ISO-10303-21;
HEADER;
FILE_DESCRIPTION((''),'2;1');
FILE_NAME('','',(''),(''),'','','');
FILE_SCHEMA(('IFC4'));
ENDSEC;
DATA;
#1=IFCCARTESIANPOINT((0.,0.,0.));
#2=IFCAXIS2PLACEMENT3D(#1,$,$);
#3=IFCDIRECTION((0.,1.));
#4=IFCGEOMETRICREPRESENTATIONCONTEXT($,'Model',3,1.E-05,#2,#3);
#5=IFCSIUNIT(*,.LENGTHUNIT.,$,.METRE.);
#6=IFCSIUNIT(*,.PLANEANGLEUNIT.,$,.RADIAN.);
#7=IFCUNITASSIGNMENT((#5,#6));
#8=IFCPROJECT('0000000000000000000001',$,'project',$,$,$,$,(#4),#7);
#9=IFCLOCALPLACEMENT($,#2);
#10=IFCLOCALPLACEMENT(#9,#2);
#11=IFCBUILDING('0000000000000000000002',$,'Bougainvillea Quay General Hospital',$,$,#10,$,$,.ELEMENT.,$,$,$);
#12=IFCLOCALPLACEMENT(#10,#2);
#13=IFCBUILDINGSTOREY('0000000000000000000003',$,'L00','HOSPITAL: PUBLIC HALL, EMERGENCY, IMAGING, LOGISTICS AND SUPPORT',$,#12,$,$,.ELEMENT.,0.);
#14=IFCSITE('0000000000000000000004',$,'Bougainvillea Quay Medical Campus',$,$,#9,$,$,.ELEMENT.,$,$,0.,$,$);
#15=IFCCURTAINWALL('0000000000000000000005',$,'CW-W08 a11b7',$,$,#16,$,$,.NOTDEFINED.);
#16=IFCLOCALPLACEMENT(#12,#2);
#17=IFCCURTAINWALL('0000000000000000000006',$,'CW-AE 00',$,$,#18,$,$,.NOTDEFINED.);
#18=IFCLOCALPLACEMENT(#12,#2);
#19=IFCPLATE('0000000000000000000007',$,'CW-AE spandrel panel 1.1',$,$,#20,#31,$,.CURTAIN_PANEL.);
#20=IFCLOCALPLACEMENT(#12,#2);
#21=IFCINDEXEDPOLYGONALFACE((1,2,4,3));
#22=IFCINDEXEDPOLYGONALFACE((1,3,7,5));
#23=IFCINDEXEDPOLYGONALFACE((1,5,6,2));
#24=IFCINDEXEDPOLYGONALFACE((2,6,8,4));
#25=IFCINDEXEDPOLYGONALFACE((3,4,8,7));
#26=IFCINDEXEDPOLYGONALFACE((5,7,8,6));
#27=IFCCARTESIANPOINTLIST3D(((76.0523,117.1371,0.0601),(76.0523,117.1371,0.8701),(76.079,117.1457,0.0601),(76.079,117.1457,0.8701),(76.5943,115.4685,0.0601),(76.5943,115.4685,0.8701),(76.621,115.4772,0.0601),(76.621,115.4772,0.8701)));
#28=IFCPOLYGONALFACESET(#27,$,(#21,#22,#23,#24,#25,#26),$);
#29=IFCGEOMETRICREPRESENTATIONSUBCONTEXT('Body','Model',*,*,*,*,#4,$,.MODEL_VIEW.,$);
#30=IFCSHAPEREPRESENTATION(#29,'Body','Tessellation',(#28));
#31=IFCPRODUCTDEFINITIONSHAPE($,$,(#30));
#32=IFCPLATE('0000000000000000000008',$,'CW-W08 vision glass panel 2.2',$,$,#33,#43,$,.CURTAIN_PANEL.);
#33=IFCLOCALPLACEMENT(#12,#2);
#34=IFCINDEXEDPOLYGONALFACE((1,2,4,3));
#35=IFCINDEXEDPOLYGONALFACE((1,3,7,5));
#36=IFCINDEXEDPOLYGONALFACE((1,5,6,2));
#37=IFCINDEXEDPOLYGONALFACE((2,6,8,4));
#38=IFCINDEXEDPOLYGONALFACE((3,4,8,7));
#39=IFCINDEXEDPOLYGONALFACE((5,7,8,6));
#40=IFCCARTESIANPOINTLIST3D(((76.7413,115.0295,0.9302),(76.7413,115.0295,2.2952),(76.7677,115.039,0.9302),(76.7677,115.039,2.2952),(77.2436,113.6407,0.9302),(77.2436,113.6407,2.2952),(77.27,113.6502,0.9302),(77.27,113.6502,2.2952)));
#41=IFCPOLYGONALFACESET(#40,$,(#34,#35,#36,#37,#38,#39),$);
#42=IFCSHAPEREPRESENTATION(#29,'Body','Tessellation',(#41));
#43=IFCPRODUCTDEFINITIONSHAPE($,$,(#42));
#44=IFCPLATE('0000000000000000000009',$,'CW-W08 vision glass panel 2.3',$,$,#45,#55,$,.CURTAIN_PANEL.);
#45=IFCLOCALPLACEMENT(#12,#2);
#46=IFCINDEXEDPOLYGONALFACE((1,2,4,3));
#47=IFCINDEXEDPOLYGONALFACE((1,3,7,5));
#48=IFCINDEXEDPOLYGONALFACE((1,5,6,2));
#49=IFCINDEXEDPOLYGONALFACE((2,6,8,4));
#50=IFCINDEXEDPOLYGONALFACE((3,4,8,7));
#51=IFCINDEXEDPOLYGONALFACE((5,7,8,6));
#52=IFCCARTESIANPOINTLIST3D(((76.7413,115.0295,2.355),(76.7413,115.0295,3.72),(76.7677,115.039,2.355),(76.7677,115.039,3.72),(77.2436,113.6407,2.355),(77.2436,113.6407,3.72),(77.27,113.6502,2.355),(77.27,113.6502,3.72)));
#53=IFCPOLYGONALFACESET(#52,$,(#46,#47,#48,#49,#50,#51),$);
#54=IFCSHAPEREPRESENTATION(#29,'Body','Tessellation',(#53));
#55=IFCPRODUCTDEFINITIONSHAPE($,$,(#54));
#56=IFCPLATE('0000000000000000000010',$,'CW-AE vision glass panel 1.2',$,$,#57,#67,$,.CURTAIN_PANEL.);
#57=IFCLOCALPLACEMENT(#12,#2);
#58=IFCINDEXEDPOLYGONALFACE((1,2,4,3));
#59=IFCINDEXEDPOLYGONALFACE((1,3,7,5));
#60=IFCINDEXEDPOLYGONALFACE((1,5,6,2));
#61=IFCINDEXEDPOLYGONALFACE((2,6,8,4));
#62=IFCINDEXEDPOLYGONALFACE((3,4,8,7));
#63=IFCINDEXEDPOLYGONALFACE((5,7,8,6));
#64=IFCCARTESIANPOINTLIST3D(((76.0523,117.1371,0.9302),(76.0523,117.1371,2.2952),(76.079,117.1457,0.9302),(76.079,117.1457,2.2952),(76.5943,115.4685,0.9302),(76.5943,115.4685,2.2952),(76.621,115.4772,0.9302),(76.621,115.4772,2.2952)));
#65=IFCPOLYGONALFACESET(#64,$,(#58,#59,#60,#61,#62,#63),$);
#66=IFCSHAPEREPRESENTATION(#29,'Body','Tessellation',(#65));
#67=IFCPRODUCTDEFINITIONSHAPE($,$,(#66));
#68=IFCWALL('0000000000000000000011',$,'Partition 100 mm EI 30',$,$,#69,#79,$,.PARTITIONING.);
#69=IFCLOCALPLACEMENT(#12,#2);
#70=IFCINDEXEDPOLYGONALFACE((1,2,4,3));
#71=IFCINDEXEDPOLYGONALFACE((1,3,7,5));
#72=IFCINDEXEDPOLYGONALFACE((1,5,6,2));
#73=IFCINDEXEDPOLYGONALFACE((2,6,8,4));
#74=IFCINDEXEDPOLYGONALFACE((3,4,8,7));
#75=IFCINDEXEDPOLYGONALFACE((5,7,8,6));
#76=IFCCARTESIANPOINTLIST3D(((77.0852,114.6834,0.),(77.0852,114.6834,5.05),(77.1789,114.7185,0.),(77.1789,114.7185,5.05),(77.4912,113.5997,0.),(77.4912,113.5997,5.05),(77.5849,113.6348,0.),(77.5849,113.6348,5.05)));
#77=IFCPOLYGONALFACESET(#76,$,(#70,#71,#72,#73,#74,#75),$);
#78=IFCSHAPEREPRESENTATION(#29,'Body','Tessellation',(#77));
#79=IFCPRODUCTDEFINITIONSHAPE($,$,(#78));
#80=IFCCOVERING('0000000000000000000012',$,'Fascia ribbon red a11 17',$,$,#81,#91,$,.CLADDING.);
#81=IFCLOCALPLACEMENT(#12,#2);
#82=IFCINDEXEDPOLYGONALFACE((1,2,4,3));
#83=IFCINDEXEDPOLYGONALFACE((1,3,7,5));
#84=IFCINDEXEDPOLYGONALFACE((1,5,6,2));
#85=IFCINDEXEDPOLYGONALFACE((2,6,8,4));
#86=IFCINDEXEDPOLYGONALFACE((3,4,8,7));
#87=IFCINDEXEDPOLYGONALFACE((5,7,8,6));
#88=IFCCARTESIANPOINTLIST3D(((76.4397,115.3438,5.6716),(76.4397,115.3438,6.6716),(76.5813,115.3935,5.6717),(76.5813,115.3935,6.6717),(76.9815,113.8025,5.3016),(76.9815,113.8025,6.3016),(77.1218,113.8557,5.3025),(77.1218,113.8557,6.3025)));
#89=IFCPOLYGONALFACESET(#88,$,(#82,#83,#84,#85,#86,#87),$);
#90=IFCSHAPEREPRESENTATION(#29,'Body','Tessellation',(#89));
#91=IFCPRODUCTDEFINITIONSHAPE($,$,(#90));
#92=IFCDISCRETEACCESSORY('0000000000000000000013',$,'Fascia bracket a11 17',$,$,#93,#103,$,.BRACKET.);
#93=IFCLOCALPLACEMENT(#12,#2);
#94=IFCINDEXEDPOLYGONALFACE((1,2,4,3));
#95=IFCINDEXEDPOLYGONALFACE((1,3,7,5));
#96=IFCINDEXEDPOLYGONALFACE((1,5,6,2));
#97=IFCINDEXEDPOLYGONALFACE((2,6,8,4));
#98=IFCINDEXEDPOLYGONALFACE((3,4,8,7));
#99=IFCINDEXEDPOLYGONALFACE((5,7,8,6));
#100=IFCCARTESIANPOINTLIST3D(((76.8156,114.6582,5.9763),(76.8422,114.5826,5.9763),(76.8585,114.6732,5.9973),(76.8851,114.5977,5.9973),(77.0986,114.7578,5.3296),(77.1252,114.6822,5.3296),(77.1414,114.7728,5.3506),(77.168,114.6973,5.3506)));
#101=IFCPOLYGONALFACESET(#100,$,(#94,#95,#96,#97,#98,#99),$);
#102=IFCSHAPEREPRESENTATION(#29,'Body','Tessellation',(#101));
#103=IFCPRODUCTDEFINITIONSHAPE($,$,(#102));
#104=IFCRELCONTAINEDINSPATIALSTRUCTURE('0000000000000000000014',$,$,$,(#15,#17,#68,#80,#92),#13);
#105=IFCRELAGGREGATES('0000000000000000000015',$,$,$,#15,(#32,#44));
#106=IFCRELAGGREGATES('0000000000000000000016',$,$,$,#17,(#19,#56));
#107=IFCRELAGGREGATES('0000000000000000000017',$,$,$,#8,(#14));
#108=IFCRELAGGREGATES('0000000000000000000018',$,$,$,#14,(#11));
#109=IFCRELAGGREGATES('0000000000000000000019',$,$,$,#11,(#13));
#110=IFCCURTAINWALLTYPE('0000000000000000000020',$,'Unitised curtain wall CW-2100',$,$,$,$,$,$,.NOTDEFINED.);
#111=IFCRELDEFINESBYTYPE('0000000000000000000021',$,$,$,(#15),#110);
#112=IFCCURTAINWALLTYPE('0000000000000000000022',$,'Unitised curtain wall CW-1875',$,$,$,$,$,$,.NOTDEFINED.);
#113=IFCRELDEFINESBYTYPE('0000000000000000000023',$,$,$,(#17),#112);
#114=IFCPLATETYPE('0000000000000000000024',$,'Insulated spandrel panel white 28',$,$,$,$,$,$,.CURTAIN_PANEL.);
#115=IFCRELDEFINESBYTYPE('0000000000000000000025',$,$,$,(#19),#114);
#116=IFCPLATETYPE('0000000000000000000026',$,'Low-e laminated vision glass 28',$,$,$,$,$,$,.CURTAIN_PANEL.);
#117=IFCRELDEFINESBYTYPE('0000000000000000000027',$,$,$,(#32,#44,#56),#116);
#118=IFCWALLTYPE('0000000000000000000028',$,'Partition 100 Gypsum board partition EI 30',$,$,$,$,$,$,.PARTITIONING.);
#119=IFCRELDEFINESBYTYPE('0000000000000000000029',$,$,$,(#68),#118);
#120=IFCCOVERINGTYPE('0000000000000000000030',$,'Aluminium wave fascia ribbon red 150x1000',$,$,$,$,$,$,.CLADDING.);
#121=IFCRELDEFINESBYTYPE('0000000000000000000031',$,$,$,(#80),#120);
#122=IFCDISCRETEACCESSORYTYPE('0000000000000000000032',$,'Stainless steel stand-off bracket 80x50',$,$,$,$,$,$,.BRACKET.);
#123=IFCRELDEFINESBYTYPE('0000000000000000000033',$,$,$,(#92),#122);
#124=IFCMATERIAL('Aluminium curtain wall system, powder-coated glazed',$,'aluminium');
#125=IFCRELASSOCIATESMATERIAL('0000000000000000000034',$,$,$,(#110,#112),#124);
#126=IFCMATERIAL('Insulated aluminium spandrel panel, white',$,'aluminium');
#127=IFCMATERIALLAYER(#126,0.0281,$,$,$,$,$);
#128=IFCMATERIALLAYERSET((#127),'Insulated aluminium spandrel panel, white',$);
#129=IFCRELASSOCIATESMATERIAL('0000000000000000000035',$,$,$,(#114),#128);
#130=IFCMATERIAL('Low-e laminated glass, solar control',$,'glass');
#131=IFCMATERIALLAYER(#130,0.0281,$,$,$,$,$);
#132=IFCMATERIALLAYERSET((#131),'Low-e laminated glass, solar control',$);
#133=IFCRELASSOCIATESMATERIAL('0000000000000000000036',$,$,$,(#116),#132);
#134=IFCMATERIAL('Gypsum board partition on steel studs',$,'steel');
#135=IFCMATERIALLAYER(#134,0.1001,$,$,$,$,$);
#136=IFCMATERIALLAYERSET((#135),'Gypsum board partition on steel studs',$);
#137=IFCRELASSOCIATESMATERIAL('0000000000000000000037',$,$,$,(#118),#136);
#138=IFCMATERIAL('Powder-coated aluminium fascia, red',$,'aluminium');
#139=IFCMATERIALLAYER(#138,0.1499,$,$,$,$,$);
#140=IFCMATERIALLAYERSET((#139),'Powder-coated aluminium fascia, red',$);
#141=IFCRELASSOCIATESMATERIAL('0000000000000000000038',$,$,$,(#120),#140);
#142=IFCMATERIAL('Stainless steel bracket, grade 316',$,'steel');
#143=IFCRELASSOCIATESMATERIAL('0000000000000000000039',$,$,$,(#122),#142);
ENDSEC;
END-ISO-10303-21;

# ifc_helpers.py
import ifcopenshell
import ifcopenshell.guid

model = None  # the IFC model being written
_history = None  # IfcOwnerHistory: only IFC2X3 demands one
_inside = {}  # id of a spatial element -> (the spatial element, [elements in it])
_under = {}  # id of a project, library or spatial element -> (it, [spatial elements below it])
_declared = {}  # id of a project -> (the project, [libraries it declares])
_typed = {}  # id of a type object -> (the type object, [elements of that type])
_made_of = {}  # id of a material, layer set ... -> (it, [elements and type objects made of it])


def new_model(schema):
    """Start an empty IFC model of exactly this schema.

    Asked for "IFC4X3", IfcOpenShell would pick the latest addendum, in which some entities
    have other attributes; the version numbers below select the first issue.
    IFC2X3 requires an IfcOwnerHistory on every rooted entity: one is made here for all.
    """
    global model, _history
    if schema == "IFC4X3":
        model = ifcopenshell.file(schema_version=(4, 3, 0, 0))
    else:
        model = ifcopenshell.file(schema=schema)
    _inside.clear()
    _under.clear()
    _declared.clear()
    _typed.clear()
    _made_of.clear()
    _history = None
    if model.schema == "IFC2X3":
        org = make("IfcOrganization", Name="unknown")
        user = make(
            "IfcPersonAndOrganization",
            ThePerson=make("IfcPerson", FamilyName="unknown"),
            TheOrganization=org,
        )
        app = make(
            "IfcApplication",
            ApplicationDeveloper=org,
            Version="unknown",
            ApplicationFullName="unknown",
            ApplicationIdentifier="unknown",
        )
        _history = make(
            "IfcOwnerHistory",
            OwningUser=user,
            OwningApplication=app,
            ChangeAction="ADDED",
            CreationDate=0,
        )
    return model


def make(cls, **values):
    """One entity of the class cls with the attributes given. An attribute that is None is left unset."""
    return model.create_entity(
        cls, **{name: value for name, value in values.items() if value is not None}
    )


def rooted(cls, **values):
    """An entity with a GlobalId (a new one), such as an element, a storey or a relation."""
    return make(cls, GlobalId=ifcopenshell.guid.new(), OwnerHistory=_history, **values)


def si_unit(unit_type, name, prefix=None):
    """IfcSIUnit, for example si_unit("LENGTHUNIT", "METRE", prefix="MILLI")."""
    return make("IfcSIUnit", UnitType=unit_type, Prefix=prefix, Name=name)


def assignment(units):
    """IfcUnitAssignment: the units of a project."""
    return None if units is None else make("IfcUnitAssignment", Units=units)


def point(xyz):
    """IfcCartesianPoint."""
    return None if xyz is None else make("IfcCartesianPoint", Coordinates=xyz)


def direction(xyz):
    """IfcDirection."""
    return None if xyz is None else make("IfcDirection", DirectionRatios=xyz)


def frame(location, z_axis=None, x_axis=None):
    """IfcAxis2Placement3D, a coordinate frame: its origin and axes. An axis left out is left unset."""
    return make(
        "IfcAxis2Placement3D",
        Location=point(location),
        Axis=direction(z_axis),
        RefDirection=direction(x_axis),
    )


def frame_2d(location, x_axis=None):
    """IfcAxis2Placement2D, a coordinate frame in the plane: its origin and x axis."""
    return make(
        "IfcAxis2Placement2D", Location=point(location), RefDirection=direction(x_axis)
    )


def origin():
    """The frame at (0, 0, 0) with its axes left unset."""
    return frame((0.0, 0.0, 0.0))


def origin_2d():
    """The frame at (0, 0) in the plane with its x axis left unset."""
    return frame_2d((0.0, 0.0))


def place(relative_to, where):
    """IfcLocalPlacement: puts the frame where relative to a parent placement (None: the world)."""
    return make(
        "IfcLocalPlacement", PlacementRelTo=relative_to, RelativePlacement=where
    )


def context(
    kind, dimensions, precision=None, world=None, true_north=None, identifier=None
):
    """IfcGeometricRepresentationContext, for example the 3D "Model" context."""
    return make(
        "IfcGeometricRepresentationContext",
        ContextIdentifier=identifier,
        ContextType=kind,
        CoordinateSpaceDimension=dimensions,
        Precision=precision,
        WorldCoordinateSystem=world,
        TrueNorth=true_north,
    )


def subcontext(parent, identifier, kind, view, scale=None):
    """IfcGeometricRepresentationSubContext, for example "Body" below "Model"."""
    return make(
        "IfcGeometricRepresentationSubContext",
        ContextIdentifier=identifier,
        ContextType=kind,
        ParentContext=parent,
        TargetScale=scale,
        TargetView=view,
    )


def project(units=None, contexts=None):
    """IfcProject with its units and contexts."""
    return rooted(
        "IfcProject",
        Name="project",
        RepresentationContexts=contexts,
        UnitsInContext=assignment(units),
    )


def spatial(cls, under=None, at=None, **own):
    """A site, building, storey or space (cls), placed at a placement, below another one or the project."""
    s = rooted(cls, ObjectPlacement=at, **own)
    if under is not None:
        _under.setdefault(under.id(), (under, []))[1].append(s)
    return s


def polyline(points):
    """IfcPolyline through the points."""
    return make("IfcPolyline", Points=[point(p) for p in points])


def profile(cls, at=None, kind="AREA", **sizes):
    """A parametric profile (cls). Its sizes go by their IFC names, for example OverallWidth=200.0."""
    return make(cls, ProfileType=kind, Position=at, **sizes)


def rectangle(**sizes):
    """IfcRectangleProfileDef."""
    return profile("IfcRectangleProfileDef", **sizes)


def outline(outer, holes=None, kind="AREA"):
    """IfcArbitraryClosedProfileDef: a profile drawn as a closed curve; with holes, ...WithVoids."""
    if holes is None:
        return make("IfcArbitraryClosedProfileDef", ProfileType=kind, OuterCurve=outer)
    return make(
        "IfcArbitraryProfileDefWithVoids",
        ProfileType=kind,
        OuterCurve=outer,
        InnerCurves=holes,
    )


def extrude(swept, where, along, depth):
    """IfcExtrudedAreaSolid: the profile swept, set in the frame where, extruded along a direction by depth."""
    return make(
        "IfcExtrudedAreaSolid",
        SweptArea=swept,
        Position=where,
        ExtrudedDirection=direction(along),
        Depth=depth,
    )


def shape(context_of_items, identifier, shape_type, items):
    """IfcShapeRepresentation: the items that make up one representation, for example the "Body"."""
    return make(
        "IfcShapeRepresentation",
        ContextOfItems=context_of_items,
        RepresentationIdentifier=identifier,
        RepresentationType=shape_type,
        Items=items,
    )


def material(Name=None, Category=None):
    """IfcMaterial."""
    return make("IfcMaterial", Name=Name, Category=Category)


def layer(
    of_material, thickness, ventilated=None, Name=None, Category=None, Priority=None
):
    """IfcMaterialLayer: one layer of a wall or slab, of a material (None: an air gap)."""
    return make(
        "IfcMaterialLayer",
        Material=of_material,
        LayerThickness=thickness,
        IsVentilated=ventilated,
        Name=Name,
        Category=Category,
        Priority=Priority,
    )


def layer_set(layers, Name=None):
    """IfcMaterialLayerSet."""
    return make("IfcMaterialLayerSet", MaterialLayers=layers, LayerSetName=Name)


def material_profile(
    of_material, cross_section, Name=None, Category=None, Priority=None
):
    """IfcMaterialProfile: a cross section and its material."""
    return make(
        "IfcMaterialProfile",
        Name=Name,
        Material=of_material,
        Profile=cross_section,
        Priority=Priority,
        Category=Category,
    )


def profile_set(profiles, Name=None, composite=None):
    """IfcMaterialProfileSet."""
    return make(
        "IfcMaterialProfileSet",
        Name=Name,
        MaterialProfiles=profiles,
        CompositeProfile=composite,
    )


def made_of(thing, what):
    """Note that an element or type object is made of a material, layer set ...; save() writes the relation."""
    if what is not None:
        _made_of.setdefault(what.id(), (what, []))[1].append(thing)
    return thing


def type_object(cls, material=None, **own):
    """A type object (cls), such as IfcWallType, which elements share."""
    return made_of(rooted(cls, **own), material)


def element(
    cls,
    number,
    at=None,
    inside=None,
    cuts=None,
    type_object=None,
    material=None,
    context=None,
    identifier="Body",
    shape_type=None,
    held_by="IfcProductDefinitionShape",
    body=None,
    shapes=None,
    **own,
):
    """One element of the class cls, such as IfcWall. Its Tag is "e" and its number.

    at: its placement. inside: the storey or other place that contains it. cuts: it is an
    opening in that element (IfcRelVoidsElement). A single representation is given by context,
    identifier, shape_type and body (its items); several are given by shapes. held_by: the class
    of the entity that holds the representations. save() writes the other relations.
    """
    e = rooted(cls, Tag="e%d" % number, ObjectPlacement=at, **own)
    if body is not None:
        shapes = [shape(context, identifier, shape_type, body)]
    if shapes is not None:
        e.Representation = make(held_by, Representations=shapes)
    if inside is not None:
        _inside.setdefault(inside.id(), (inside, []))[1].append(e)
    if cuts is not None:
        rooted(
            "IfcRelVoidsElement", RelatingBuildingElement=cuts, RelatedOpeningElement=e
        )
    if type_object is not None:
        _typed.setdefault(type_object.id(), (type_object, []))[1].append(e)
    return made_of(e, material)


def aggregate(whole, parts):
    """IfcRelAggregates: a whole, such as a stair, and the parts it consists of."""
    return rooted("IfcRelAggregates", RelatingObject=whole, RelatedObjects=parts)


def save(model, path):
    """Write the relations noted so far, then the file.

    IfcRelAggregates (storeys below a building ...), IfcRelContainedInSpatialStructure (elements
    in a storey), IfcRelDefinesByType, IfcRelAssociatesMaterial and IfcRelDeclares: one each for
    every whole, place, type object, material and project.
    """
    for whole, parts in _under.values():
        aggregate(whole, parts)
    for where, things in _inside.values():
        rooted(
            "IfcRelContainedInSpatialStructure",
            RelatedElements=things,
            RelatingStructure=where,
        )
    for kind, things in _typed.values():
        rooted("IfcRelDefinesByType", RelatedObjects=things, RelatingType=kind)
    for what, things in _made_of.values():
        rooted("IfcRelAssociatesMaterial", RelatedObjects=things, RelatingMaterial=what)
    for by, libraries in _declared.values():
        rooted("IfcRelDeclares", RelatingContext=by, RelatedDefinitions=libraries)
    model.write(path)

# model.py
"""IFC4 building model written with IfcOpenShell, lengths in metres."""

from ifc_helpers import new_model, si_unit, direction, frame, frame_2d, origin, origin_2d, place, context, subcontext, project, spatial, polyline, rectangle, outline, extrude, material, layer, layer_set, material_profile, profile_set, type_object, element, aggregate, save


model = new_model("IFC4")

# Units and contexts
model_context = context("Model", 3, precision=1e-05, world=origin(), true_north=direction((0.0, 1.0)))
body_context = subcontext(model_context, "Body", "Model", "MODEL_VIEW")
ifc_project = project(units=[si_unit("LENGTHUNIT", "METRE"), si_unit("PLANEANGLEUNIT", "RADIAN")], contexts=[model_context])

# Site, building, storey
site_placement = place(None, origin())
site = spatial("IfcSite", under=ifc_project, at=site_placement, Name="Bougainvillea Quay Medical Campus", CompositionType="ELEMENT", RefElevation=0.0)
building_placement = place(site_placement, origin())
building = spatial("IfcBuilding", under=site, at=building_placement, Name="Bougainvillea Quay General Hospital", CompositionType="ELEMENT")
storey_placement = place(building_placement, origin())
storey = spatial("IfcBuildingStorey", under=building, at=storey_placement, Name="L00", Description="HOSPITAL: PUBLIC HALL, EMERGENCY, IMAGING, LOGISTICS AND SUPPORT", CompositionType="ELEMENT", Elevation=0.0)

# Curtain walls
ifc_material_1 = material(Name="Aluminium curtain wall system, powder-coated glazed", Category="aluminium")
curtain_wall_type_1 = type_object("IfcCurtainWallType", Name="Unitised curtain wall CW-2100", PredefinedType="NOTDEFINED", material=ifc_material_1)
curtain_wall_1_placement = place(storey_placement, origin())
curtain_wall_1 = element("IfcCurtainWall", 1, at=curtain_wall_1_placement, inside=storey, type_object=curtain_wall_type_1, Name="CW-W08 a11b7", PredefinedType="NOTDEFINED")
curtain_wall_type_2 = type_object("IfcCurtainWallType", Name="Unitised curtain wall CW-1875", PredefinedType="NOTDEFINED", material=ifc_material_1)
curtain_wall_2_placement = place(storey_placement, origin())
curtain_wall_2 = element("IfcCurtainWall", 2, at=curtain_wall_2_placement, inside=storey, type_object=curtain_wall_type_2, Name="CW-AE 00", PredefinedType="NOTDEFINED")

# Plates
ifc_material_2 = material(Name="Insulated aluminium spandrel panel, white", Category="aluminium")
ifc_layer_1 = layer(ifc_material_2, 0.0281)
ifc_layer_set_1 = layer_set([ifc_layer_1], Name="Insulated aluminium spandrel panel, white")
plate_type_1 = type_object("IfcPlateType", Name="Insulated spandrel panel white 28", PredefinedType="CURTAIN_PANEL", material=ifc_layer_set_1)
plate_1_placement = place(storey_placement, frame((76.3367, 116.3071, 0.0601), z_axis=(0.0, 0.0, 1.0), x_axis=(-0.308971, 0.951072, 0.0)))
plate_1 = element("IfcPlate", 3, at=plate_1_placement, type_object=plate_type_1, Name="CW-AE spandrel panel 1.1", PredefinedType="CURTAIN_PANEL", context=body_context, shape_type="SweptSolid", body=[
    extrude(rectangle(XDim=1.7544, YDim=0.0281, at=origin_2d()), origin(), (0.0, 0.0, 1.0), 0.8101),
])
ifc_material_3 = material(Name="Low-e laminated glass, solar control", Category="glass")
ifc_layer_2 = layer(ifc_material_3, 0.0281)
ifc_layer_set_2 = layer_set([ifc_layer_2], Name="Low-e laminated glass, solar control")
plate_type_2 = type_object("IfcPlateType", Name="Low-e laminated vision glass 28", PredefinedType="CURTAIN_PANEL", material=ifc_layer_set_2)
plate_2_placement = place(storey_placement, frame((77.0056, 114.3398, 0.9302), z_axis=(0.0, 0.0, 1.0), x_axis=(-0.34012, 0.940382, 0.0)))
plate_2 = element("IfcPlate", 4, at=plate_2_placement, type_object=plate_type_2, Name="CW-W08 vision glass panel 2.2", PredefinedType="CURTAIN_PANEL", context=body_context, shape_type="SweptSolid", body=[
    extrude(rectangle(XDim=1.4768, YDim=0.0281, at=origin_2d()), origin(), (0.0, 0.0, 1.0), 1.365),
])
plate_3_placement = place(storey_placement, frame((77.0056, 114.3398, 2.355), z_axis=(0.0, 0.0, 1.0), x_axis=(-0.34012, 0.940382, 0.0)))
plate_3 = element("IfcPlate", 5, at=plate_3_placement, type_object=plate_type_2, Name="CW-W08 vision glass panel 2.3", PredefinedType="CURTAIN_PANEL", context=body_context, shape_type="SweptSolid", body=[
    extrude(rectangle(XDim=1.4768, YDim=0.0281, at=origin_2d()), origin(), (0.0, 0.0, 1.0), 1.365),
])
aggregate(curtain_wall_1, [plate_2, plate_3])
plate_4_placement = place(storey_placement, frame((76.3367, 116.3071, 0.9302), z_axis=(0.0, 0.0, 1.0), x_axis=(-0.308971, 0.951072, 0.0)))
plate_4 = element("IfcPlate", 6, at=plate_4_placement, type_object=plate_type_2, Name="CW-AE vision glass panel 1.2", PredefinedType="CURTAIN_PANEL", context=body_context, shape_type="SweptSolid", body=[
    extrude(rectangle(XDim=1.7544, YDim=0.0281, at=origin_2d()), origin(), (0.0, 0.0, 1.0), 1.365),
])
aggregate(curtain_wall_2, [plate_1, plate_4])

# Wall
ifc_material_4 = material(Name="Gypsum board partition on steel studs", Category="steel")
ifc_layer_3 = layer(ifc_material_4, 0.1001)
ifc_layer_set_3 = layer_set([ifc_layer_3], Name="Gypsum board partition on steel studs")
wall_type = type_object("IfcWallType", Name="Partition 100 Gypsum board partition EI 30", PredefinedType="PARTITIONING", material=ifc_layer_set_3)
wall_placement = place(storey_placement, frame((77.1321, 114.7009, 0.0), z_axis=(0.0, 0.0, 1.0), x_axis=(0.350823, -0.936442, 0.0)))
element("IfcWall", 7, at=wall_placement, inside=storey, type_object=wall_type, Name="Partition 100 mm EI 30", PredefinedType="PARTITIONING", context=body_context, shape_type="SweptSolid", body=[
    extrude(rectangle(XDim=1.1572, YDim=0.1001, at=frame_2d((0.5786, 0.0))), origin(), (0.0, 0.0, 1.0), 5.05),
])

# Covering
ifc_material_5 = material(Name="Powder-coated aluminium fascia, red", Category="aluminium")
ifc_layer_4 = layer(ifc_material_5, 0.1499)
ifc_layer_set_4 = layer_set([ifc_layer_4], Name="Powder-coated aluminium fascia, red")
covering_type = type_object("IfcCoveringType", Name="Aluminium wave fascia ribbon red 150x1000", PredefinedType="CLADDING", material=ifc_layer_set_4)
covering_placement = place(storey_placement, frame((77.1218, 113.8557, 5.3025), z_axis=(0.072824, -0.20856, 0.975294), x_axis=(-0.323405, 0.920113, 0.220908)))
element("IfcCovering", 8, at=covering_placement, inside=storey, type_object=covering_type, Name="Fascia ribbon red a11 17", PredefinedType="CLADDING", context=body_context, shape_type="SweptSolid", body=[
    extrude(outline(polyline([(0.0, 0.0), (1.6713, 0.0), (1.6713, 0.1501), (-0.0038, 0.1501), (0.0, 0.0)])), origin(), (0.220908, -0.000444, 0.975294), 1.0),
])

# Discrete accessory
ifc_material_6 = material(Name="Stainless steel bracket, grade 316", Category="steel")
ifc_material_profile_1 = material_profile(ifc_material_6, rectangle(XDim=0.0801, YDim=0.05, at=origin_2d()))
ifc_profile_set_1 = profile_set([ifc_material_profile_1], Name="Stainless steel bracket, grade 316")
discrete_accessory_type = type_object("IfcDiscreteAccessoryType", Name="Stainless steel stand-off bracket 80x50", PredefinedType="BRACKET", material=ifc_profile_set_1)
discrete_accessory_placement = place(storey_placement, frame((77.1333, 114.7275, 5.3401), z_axis=(-0.396905, -0.139722, 0.907163), x_axis=(0.332054, -0.94326, 0.0)))
element("IfcDiscreteAccessory", 9, at=discrete_accessory_placement, inside=storey, type_object=discrete_accessory_type, Name="Fascia bracket a11 17", PredefinedType="BRACKET", context=body_context, shape_type="SweptSolid", body=[
    extrude(rectangle(XDim=0.0801, YDim=0.05, at=origin_2d()), origin(), (0.0, 0.0, 1.0), 0.7129),
])

save(model, "model.ifc")
